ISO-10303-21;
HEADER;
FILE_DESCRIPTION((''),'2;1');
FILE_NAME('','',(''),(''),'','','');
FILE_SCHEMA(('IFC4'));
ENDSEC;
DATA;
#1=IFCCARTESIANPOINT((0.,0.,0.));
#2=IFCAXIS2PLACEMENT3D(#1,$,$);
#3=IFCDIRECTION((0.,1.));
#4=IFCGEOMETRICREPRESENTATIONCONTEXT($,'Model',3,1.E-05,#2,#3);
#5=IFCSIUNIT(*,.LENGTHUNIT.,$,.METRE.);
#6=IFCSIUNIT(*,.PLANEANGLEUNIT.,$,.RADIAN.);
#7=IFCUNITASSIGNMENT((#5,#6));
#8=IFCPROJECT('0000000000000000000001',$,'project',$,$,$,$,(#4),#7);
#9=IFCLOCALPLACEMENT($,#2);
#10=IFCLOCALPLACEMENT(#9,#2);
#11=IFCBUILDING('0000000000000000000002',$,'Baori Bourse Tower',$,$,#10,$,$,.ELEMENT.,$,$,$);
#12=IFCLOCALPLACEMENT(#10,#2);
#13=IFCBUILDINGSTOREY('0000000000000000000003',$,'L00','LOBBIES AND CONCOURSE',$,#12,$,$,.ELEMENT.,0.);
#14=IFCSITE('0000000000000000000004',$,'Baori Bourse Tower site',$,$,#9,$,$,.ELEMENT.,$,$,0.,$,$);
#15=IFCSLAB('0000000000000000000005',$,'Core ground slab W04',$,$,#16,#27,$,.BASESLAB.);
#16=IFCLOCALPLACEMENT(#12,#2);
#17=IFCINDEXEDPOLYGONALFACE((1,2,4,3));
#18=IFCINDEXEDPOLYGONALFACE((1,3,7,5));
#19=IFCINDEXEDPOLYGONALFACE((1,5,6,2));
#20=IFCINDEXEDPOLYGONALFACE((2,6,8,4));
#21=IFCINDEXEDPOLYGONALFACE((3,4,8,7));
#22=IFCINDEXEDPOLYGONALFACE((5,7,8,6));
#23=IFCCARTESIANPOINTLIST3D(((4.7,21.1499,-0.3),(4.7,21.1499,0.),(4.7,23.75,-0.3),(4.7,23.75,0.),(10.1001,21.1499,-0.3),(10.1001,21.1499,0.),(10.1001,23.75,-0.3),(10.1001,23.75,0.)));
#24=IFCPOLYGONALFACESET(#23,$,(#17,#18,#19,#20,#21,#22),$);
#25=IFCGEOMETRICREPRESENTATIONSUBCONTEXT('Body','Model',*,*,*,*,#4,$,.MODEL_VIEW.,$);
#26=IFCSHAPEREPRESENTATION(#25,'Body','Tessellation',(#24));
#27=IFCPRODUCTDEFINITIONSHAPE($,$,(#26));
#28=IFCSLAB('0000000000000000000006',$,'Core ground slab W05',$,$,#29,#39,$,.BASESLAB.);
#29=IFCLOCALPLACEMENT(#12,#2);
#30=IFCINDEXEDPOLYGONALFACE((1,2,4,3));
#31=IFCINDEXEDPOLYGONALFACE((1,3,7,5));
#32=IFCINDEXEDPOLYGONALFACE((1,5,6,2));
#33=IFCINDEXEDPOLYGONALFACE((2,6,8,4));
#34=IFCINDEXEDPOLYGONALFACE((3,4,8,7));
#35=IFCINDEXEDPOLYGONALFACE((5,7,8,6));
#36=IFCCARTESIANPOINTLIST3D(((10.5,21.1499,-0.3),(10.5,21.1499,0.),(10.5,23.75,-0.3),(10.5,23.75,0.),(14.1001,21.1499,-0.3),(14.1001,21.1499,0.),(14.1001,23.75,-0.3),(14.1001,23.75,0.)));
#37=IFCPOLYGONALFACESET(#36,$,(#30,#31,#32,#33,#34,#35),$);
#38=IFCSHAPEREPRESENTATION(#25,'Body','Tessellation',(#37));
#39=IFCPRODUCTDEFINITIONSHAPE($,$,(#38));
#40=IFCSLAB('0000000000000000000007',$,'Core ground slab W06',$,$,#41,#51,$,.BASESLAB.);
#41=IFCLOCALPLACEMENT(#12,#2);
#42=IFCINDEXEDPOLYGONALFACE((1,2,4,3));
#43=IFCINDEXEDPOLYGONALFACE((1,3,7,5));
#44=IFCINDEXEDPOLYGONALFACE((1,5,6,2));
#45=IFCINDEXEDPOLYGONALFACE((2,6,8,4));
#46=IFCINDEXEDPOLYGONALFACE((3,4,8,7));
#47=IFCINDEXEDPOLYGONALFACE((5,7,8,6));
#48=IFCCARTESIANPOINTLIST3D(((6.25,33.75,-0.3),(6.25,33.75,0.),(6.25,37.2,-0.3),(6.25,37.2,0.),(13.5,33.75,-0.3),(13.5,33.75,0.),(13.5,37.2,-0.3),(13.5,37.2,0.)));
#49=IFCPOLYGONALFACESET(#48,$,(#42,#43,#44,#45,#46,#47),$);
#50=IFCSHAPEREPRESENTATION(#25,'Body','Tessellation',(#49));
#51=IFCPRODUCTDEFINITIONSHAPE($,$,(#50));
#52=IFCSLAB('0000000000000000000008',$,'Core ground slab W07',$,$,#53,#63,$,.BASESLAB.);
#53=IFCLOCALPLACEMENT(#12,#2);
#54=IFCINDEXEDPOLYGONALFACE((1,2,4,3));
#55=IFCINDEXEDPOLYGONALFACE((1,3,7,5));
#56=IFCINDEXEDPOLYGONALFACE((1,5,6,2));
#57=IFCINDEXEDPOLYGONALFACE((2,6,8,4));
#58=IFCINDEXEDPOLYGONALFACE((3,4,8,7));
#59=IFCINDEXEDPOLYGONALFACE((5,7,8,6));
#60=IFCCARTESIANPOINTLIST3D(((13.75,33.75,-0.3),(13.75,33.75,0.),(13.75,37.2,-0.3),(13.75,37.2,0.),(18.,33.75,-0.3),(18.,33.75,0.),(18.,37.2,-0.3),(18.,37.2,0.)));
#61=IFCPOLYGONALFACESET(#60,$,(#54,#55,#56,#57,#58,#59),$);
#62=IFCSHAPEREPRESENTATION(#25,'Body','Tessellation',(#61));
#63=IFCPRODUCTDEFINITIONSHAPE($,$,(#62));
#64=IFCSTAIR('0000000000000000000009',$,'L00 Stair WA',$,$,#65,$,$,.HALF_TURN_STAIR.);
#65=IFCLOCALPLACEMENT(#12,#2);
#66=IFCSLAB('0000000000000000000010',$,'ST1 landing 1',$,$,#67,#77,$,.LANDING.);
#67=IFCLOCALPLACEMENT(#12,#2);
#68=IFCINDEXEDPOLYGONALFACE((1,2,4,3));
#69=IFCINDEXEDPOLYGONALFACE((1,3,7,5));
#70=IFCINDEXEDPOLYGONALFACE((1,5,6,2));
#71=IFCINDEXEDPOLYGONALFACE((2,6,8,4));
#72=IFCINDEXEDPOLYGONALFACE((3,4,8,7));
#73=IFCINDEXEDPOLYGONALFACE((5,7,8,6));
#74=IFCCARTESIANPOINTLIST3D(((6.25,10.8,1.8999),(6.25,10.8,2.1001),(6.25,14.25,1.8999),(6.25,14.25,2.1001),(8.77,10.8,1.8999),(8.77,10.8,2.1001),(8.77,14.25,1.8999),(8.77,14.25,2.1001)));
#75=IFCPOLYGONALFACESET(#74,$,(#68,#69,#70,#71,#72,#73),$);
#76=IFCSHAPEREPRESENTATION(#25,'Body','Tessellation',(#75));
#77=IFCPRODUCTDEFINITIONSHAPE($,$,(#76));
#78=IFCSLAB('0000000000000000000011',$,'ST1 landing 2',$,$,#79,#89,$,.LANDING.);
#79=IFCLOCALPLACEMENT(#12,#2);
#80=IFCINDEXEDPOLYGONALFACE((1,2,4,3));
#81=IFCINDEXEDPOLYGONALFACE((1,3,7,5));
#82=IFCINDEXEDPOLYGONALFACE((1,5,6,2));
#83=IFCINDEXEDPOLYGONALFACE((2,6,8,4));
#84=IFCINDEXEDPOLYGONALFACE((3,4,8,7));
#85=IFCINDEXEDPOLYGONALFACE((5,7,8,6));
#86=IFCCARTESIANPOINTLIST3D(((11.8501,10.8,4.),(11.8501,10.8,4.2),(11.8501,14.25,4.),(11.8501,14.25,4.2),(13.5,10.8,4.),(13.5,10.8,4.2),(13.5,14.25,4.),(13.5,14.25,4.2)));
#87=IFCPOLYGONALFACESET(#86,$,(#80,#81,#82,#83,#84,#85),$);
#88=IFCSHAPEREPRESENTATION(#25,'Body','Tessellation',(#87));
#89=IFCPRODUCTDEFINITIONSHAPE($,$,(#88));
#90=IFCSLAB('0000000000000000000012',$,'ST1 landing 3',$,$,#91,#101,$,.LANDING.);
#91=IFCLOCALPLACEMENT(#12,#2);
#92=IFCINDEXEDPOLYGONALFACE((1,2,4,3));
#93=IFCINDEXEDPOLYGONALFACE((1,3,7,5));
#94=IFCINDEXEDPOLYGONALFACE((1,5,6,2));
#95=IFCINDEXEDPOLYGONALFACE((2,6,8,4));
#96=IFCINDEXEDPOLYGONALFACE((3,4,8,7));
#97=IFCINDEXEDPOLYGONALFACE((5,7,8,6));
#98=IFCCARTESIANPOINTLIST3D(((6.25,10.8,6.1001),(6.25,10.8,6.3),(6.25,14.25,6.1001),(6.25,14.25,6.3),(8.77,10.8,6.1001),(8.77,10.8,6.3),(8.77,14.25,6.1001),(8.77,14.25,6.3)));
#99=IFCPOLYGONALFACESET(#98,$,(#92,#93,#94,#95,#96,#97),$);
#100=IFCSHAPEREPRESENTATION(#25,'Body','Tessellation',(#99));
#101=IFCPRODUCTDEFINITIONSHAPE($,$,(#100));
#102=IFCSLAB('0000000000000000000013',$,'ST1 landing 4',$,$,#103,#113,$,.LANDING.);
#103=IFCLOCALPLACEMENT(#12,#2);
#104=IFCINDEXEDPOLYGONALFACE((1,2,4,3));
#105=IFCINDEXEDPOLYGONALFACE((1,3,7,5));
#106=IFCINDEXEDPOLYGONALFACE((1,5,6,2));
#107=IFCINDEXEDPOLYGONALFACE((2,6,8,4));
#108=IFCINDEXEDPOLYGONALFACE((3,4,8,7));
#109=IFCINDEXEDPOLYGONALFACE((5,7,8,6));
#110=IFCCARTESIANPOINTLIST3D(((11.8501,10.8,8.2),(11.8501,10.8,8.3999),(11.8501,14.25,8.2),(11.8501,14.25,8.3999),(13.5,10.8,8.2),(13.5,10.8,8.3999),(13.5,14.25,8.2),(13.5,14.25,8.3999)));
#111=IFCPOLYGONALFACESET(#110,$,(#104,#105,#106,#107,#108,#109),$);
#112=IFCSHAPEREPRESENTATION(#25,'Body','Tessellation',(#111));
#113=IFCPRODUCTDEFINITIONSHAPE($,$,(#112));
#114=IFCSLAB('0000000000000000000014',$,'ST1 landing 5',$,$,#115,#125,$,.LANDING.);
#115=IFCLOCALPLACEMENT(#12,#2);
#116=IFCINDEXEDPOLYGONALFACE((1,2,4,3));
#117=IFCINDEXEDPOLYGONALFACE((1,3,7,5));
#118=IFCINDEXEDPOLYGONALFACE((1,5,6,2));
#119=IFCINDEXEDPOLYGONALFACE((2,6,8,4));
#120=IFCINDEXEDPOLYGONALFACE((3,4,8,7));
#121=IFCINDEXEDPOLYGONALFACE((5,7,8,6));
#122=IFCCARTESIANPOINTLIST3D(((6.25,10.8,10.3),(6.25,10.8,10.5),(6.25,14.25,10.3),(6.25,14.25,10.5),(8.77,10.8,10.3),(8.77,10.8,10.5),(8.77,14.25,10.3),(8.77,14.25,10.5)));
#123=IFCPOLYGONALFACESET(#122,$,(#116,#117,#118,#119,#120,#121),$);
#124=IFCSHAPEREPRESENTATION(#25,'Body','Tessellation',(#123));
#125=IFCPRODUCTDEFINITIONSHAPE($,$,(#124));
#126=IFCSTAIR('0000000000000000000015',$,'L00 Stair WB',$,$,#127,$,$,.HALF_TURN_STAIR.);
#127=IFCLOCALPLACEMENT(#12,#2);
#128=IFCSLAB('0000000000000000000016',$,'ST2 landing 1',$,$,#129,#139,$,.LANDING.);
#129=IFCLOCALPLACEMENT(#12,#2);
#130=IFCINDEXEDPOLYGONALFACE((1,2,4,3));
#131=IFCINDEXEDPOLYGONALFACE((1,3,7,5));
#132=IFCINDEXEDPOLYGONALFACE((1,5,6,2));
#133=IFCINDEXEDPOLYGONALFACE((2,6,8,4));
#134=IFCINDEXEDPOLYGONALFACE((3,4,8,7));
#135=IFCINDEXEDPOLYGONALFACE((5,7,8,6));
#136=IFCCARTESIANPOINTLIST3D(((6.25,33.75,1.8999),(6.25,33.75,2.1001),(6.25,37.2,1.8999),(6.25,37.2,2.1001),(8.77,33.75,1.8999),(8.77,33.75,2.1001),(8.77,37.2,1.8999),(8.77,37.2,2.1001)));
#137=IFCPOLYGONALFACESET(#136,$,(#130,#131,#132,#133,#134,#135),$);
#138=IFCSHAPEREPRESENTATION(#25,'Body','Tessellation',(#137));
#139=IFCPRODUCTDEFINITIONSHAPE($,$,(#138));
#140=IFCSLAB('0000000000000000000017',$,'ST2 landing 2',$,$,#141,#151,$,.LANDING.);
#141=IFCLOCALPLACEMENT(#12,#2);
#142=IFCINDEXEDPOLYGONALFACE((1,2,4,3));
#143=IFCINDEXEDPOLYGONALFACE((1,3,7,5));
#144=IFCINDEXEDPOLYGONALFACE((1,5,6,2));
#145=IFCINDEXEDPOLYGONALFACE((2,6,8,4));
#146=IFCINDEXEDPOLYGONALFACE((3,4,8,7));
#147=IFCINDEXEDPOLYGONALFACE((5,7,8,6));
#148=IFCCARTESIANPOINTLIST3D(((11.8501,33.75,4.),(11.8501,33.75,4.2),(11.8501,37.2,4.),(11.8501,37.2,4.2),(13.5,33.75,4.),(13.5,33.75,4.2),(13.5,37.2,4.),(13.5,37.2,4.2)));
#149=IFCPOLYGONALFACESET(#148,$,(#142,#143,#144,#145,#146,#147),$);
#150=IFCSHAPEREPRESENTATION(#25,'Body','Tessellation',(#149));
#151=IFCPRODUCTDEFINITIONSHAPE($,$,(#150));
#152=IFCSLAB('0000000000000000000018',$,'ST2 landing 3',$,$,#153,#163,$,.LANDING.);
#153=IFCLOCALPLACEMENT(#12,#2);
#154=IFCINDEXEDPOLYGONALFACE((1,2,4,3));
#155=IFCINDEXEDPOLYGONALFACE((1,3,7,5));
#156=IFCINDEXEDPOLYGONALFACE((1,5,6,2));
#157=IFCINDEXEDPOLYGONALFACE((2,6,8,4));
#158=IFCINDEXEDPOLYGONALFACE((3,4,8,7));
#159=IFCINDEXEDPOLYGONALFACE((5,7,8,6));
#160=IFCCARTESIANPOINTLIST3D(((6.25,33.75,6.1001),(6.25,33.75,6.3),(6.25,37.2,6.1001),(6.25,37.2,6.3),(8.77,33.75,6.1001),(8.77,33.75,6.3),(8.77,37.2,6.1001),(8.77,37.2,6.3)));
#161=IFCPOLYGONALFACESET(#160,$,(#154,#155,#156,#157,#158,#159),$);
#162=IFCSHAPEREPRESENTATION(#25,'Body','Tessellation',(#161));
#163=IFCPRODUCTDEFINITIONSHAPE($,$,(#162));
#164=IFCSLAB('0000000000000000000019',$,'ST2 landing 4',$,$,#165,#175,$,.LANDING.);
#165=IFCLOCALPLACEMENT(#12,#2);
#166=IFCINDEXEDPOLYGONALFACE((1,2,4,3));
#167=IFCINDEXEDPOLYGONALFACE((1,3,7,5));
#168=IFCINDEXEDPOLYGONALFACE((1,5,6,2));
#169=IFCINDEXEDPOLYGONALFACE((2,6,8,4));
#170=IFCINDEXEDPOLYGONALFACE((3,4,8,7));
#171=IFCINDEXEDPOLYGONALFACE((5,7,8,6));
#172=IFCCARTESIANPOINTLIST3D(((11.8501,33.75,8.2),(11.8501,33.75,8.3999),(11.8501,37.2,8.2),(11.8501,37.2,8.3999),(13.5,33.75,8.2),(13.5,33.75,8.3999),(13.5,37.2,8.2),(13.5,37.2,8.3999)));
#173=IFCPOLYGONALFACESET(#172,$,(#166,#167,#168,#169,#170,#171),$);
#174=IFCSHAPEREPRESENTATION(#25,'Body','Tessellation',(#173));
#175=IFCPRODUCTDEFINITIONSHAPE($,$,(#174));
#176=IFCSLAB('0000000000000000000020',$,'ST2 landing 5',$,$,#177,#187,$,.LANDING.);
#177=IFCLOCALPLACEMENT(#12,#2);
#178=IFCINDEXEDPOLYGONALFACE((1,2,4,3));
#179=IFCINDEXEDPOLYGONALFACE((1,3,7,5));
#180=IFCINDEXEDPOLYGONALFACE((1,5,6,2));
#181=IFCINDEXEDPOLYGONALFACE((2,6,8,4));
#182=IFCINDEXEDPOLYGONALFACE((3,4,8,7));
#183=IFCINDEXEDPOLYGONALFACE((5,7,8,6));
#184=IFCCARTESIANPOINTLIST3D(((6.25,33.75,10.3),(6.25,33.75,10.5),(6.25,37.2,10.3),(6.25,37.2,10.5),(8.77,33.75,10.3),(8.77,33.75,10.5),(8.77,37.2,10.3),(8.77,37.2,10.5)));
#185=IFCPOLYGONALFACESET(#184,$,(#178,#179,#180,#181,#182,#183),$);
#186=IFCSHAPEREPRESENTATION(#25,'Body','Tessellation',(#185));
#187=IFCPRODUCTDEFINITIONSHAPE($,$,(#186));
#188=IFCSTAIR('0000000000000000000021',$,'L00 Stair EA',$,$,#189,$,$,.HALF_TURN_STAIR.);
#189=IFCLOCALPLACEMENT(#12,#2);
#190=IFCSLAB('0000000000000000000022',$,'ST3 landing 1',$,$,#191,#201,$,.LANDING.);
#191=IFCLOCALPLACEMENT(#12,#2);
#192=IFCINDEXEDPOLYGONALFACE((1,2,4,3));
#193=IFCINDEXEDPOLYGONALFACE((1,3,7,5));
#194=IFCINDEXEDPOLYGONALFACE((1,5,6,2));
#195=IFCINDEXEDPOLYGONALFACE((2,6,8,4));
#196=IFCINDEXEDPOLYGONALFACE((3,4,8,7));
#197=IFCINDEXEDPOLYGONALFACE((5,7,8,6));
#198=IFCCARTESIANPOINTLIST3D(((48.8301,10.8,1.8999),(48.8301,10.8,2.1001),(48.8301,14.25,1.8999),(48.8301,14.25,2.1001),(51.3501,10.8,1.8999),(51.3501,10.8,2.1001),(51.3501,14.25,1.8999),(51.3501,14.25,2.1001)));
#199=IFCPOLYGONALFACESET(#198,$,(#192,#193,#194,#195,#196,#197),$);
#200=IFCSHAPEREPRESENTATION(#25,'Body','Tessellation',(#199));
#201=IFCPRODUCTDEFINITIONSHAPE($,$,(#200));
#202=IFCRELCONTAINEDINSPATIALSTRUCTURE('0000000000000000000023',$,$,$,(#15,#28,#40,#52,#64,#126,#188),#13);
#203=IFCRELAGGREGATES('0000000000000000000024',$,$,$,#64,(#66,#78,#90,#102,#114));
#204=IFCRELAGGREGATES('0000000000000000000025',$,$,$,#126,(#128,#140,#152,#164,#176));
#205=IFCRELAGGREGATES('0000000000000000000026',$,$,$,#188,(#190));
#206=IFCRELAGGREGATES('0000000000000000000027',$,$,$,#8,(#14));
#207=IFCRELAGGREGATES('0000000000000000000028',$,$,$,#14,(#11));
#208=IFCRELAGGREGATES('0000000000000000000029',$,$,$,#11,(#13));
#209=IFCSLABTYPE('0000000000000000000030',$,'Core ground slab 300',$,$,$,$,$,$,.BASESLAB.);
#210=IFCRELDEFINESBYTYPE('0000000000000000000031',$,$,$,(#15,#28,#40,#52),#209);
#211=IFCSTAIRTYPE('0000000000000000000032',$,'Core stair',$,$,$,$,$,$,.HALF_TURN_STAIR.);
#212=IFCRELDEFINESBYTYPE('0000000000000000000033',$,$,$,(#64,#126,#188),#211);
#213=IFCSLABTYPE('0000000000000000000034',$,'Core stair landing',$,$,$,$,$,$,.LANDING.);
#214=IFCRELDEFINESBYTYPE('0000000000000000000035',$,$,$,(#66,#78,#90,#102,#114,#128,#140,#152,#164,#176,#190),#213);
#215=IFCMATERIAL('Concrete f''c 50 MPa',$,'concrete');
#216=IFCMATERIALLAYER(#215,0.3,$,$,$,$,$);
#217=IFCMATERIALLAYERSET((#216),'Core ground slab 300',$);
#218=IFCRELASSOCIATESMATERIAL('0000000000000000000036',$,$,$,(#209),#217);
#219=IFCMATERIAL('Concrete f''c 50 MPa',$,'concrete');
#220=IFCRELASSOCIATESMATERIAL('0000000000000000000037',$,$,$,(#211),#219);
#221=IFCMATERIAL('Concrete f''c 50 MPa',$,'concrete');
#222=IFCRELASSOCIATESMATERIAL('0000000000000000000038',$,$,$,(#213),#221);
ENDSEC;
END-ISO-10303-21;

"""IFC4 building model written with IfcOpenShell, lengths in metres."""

from ifc_helpers import new_model, si_unit, direction, frame, origin, place, context, subcontext, project, spatial, polyline, outline, extrude, material, layer, layer_set, type_object, element, aggregate, save


model = new_model("IFC4")

# Units and contexts
model_context = context("Model", 3, precision=1e-05, world=origin(), true_north=direction((0.0, 1.0)))
body_context = subcontext(model_context, "Body", "Model", "MODEL_VIEW")
ifc_project = project(units=[si_unit("LENGTHUNIT", "METRE"), si_unit("PLANEANGLEUNIT", "RADIAN")], contexts=[model_context])

# Site, building, storey
site_placement = place(None, origin())
site = spatial("IfcSite", under=ifc_project, at=site_placement, Name="Baori Bourse Tower site", CompositionType="ELEMENT", RefElevation=0.0)
building_placement = place(site_placement, origin())
building = spatial("IfcBuilding", under=site, at=building_placement, Name="Baori Bourse Tower", CompositionType="ELEMENT")
storey_placement = place(building_placement, origin())
storey = spatial("IfcBuildingStorey", under=building, at=storey_placement, Name="L00", Description="LOBBIES AND CONCOURSE", CompositionType="ELEMENT", Elevation=0.0)

# Slabs
ifc_material_1 = material(Name="Concrete f'c 50 MPa", Category="concrete")
ifc_layer_1 = layer(ifc_material_1, 0.3)
ifc_layer_set_1 = layer_set([ifc_layer_1], Name="Core ground slab 300")
slab_type_1 = type_object("IfcSlabType", Name="Core ground slab 300", PredefinedType="BASESLAB", material=ifc_layer_set_1)
slab_1_placement = place(storey_placement, frame((0.0, 0.0, -0.3)))
element("IfcSlab", 1, at=slab_1_placement, inside=storey, type_object=slab_type_1, Name="Core ground slab W04", PredefinedType="BASESLAB", context=body_context, shape_type="SweptSolid", body=[
    extrude(outline(polyline([(10.1001, 23.75), (4.7, 23.75), (4.7, 21.1499), (10.1001, 21.1499), (10.1001, 23.75)])), origin(), (0.0, 0.0, 1.0), 0.3),
])
slab_2_placement = place(storey_placement, frame((0.0, 0.0, -0.3)))
element("IfcSlab", 2, at=slab_2_placement, inside=storey, type_object=slab_type_1, Name="Core ground slab W05", PredefinedType="BASESLAB", context=body_context, shape_type="SweptSolid", body=[
    extrude(outline(polyline([(14.1001, 23.75), (10.5, 23.75), (10.5, 21.1499), (14.1001, 21.1499), (14.1001, 23.75)])), origin(), (0.0, 0.0, 1.0), 0.3),
])
slab_3_placement = place(storey_placement, frame((0.0, 0.0, -0.3)))
element("IfcSlab", 3, at=slab_3_placement, inside=storey, type_object=slab_type_1, Name="Core ground slab W06", PredefinedType="BASESLAB", context=body_context, shape_type="SweptSolid", body=[
    extrude(outline(polyline([(6.25, 37.2), (6.25, 33.75), (13.5, 33.75), (13.5, 37.2), (6.25, 37.2)])), origin(), (0.0, 0.0, 1.0), 0.3),
])
slab_4_placement = place(storey_placement, frame((0.0, 0.0, -0.3)))
element("IfcSlab", 4, at=slab_4_placement, inside=storey, type_object=slab_type_1, Name="Core ground slab W07", PredefinedType="BASESLAB", context=body_context, shape_type="SweptSolid", body=[
    extrude(outline(polyline([(13.75, 33.75), (18.0, 33.75), (18.0, 37.2), (13.75, 37.2), (13.75, 33.75)])), origin(), (0.0, 0.0, 1.0), 0.3),
])

# Stairs, slabs
ifc_material_2 = material(Name="Concrete f'c 50 MPa", Category="concrete")
stair_type = type_object("IfcStairType", Name="Core stair", PredefinedType="HALF_TURN_STAIR", material=ifc_material_2)
stair_1_placement = place(storey_placement, origin())
stair_1 = element("IfcStair", 5, at=stair_1_placement, inside=storey, type_object=stair_type, Name="L00 Stair WA", PredefinedType="HALF_TURN_STAIR")
ifc_material_3 = material(Name="Concrete f'c 50 MPa", Category="concrete")
slab_type_2 = type_object("IfcSlabType", Name="Core stair landing", PredefinedType="LANDING", material=ifc_material_3)
slab_5_placement = place(storey_placement, frame((0.0, 0.0, 1.8999)))
slab_5 = element("IfcSlab", 6, at=slab_5_placement, type_object=slab_type_2, Name="ST1 landing 1", PredefinedType="LANDING", context=body_context, shape_type="SweptSolid", body=[
    extrude(outline(polyline([(8.77, 14.25), (6.25, 14.25), (6.25, 10.8), (8.77, 10.8), (8.77, 14.25)])), origin(), (0.0, 0.0, 1.0), 0.2002),
])
slab_6_placement = place(storey_placement, frame((0.0, 0.0, 4.0)))
slab_6 = element("IfcSlab", 7, at=slab_6_placement, type_object=slab_type_2, Name="ST1 landing 2", PredefinedType="LANDING", context=body_context, shape_type="SweptSolid", body=[
    extrude(outline(polyline([(13.5, 14.25), (11.8501, 14.25), (11.8501, 10.8), (13.5, 10.8), (13.5, 14.25)])), origin(), (0.0, 0.0, 1.0), 0.2),
])
slab_7_placement = place(storey_placement, frame((0.0, 0.0, 6.1001)))
slab_7 = element("IfcSlab", 8, at=slab_7_placement, type_object=slab_type_2, Name="ST1 landing 3", PredefinedType="LANDING", context=body_context, shape_type="SweptSolid", body=[
    extrude(outline(polyline([(8.77, 14.25), (6.25, 14.25), (6.25, 10.8), (8.77, 10.8), (8.77, 14.25)])), origin(), (0.0, 0.0, 1.0), 0.2),
])
slab_8_placement = place(storey_placement, frame((0.0, 0.0, 8.2)))
slab_8 = element("IfcSlab", 9, at=slab_8_placement, type_object=slab_type_2, Name="ST1 landing 4", PredefinedType="LANDING", context=body_context, shape_type="SweptSolid", body=[
    extrude(outline(polyline([(13.5, 14.25), (11.8501, 14.25), (11.8501, 10.8), (13.5, 10.8), (13.5, 14.25)])), origin(), (0.0, 0.0, 1.0), 0.2),
])
slab_9_placement = place(storey_placement, frame((0.0, 0.0, 10.3)))
slab_9 = element("IfcSlab", 10, at=slab_9_placement, type_object=slab_type_2, Name="ST1 landing 5", PredefinedType="LANDING", context=body_context, shape_type="SweptSolid", body=[
    extrude(outline(polyline([(8.77, 14.25), (6.25, 14.25), (6.25, 10.8), (8.77, 10.8), (8.77, 14.25)])), origin(), (0.0, 0.0, 1.0), 0.2),
])
aggregate(stair_1, [slab_5, slab_6, slab_7, slab_8, slab_9])
stair_2_placement = place(storey_placement, origin())
stair_2 = element("IfcStair", 11, at=stair_2_placement, inside=storey, type_object=stair_type, Name="L00 Stair WB", PredefinedType="HALF_TURN_STAIR")
slab_10_placement = place(storey_placement, frame((0.0, 0.0, 1.8999)))
slab_10 = element("IfcSlab", 12, at=slab_10_placement, type_object=slab_type_2, Name="ST2 landing 1", PredefinedType="LANDING", context=body_context, shape_type="SweptSolid", body=[
    extrude(outline(polyline([(8.77, 37.2), (6.25, 37.2), (6.25, 33.75), (8.77, 33.75), (8.77, 37.2)])), origin(), (0.0, 0.0, 1.0), 0.2002),
])
slab_11_placement = place(storey_placement, frame((0.0, 0.0, 4.0)))
slab_11 = element("IfcSlab", 13, at=slab_11_placement, type_object=slab_type_2, Name="ST2 landing 2", PredefinedType="LANDING", context=body_context, shape_type="SweptSolid", body=[
    extrude(outline(polyline([(13.5, 37.2), (11.8501, 37.2), (11.8501, 33.75), (13.5, 33.75), (13.5, 37.2)])), origin(), (0.0, 0.0, 1.0), 0.2),
])
slab_12_placement = place(storey_placement, frame((0.0, 0.0, 6.1001)))
slab_12 = element("IfcSlab", 14, at=slab_12_placement, type_object=slab_type_2, Name="ST2 landing 3", PredefinedType="LANDING", context=body_context, shape_type="SweptSolid", body=[
    extrude(outline(polyline([(8.77, 37.2), (6.25, 37.2), (6.25, 33.75), (8.77, 33.75), (8.77, 37.2)])), origin(), (0.0, 0.0, 1.0), 0.2),
])
slab_13_placement = place(storey_placement, frame((0.0, 0.0, 8.2)))
slab_13 = element("IfcSlab", 15, at=slab_13_placement, type_object=slab_type_2, Name="ST2 landing 4", PredefinedType="LANDING", context=body_context, shape_type="SweptSolid", body=[
    extrude(outline(polyline([(13.5, 37.2), (11.8501, 37.2), (11.8501, 33.75), (13.5, 33.75), (13.5, 37.2)])), origin(), (0.0, 0.0, 1.0), 0.2),
])
slab_14_placement = place(storey_placement, frame((0.0, 0.0, 10.3)))
slab_14 = element("IfcSlab", 16, at=slab_14_placement, type_object=slab_type_2, Name="ST2 landing 5", PredefinedType="LANDING", context=body_context, shape_type="SweptSolid", body=[
    extrude(outline(polyline([(8.77, 37.2), (6.25, 37.2), (6.25, 33.75), (8.77, 33.75), (8.77, 37.2)])), origin(), (0.0, 0.0, 1.0), 0.2),
])
aggregate(stair_2, [slab_10, slab_11, slab_12, slab_13, slab_14])
stair_3_placement = place(storey_placement, origin())
stair_3 = element("IfcStair", 17, at=stair_3_placement, inside=storey, type_object=stair_type, Name="L00 Stair EA", PredefinedType="HALF_TURN_STAIR")
slab_15_placement = place(storey_placement, frame((0.0, 0.0, 1.8999)))
slab_15 = element("IfcSlab", 18, at=slab_15_placement, type_object=slab_type_2, Name="ST3 landing 1", PredefinedType="LANDING", context=body_context, shape_type="SweptSolid", body=[
    extrude(outline(polyline([(48.8301, 10.8), (51.3501, 10.8), (51.3501, 14.25), (48.8301, 14.25), (48.8301, 10.8)])), origin(), (0.0, 0.0, 1.0), 0.2002),
])
aggregate(stair_3, [slab_15])

save(model, "model.ifc")
